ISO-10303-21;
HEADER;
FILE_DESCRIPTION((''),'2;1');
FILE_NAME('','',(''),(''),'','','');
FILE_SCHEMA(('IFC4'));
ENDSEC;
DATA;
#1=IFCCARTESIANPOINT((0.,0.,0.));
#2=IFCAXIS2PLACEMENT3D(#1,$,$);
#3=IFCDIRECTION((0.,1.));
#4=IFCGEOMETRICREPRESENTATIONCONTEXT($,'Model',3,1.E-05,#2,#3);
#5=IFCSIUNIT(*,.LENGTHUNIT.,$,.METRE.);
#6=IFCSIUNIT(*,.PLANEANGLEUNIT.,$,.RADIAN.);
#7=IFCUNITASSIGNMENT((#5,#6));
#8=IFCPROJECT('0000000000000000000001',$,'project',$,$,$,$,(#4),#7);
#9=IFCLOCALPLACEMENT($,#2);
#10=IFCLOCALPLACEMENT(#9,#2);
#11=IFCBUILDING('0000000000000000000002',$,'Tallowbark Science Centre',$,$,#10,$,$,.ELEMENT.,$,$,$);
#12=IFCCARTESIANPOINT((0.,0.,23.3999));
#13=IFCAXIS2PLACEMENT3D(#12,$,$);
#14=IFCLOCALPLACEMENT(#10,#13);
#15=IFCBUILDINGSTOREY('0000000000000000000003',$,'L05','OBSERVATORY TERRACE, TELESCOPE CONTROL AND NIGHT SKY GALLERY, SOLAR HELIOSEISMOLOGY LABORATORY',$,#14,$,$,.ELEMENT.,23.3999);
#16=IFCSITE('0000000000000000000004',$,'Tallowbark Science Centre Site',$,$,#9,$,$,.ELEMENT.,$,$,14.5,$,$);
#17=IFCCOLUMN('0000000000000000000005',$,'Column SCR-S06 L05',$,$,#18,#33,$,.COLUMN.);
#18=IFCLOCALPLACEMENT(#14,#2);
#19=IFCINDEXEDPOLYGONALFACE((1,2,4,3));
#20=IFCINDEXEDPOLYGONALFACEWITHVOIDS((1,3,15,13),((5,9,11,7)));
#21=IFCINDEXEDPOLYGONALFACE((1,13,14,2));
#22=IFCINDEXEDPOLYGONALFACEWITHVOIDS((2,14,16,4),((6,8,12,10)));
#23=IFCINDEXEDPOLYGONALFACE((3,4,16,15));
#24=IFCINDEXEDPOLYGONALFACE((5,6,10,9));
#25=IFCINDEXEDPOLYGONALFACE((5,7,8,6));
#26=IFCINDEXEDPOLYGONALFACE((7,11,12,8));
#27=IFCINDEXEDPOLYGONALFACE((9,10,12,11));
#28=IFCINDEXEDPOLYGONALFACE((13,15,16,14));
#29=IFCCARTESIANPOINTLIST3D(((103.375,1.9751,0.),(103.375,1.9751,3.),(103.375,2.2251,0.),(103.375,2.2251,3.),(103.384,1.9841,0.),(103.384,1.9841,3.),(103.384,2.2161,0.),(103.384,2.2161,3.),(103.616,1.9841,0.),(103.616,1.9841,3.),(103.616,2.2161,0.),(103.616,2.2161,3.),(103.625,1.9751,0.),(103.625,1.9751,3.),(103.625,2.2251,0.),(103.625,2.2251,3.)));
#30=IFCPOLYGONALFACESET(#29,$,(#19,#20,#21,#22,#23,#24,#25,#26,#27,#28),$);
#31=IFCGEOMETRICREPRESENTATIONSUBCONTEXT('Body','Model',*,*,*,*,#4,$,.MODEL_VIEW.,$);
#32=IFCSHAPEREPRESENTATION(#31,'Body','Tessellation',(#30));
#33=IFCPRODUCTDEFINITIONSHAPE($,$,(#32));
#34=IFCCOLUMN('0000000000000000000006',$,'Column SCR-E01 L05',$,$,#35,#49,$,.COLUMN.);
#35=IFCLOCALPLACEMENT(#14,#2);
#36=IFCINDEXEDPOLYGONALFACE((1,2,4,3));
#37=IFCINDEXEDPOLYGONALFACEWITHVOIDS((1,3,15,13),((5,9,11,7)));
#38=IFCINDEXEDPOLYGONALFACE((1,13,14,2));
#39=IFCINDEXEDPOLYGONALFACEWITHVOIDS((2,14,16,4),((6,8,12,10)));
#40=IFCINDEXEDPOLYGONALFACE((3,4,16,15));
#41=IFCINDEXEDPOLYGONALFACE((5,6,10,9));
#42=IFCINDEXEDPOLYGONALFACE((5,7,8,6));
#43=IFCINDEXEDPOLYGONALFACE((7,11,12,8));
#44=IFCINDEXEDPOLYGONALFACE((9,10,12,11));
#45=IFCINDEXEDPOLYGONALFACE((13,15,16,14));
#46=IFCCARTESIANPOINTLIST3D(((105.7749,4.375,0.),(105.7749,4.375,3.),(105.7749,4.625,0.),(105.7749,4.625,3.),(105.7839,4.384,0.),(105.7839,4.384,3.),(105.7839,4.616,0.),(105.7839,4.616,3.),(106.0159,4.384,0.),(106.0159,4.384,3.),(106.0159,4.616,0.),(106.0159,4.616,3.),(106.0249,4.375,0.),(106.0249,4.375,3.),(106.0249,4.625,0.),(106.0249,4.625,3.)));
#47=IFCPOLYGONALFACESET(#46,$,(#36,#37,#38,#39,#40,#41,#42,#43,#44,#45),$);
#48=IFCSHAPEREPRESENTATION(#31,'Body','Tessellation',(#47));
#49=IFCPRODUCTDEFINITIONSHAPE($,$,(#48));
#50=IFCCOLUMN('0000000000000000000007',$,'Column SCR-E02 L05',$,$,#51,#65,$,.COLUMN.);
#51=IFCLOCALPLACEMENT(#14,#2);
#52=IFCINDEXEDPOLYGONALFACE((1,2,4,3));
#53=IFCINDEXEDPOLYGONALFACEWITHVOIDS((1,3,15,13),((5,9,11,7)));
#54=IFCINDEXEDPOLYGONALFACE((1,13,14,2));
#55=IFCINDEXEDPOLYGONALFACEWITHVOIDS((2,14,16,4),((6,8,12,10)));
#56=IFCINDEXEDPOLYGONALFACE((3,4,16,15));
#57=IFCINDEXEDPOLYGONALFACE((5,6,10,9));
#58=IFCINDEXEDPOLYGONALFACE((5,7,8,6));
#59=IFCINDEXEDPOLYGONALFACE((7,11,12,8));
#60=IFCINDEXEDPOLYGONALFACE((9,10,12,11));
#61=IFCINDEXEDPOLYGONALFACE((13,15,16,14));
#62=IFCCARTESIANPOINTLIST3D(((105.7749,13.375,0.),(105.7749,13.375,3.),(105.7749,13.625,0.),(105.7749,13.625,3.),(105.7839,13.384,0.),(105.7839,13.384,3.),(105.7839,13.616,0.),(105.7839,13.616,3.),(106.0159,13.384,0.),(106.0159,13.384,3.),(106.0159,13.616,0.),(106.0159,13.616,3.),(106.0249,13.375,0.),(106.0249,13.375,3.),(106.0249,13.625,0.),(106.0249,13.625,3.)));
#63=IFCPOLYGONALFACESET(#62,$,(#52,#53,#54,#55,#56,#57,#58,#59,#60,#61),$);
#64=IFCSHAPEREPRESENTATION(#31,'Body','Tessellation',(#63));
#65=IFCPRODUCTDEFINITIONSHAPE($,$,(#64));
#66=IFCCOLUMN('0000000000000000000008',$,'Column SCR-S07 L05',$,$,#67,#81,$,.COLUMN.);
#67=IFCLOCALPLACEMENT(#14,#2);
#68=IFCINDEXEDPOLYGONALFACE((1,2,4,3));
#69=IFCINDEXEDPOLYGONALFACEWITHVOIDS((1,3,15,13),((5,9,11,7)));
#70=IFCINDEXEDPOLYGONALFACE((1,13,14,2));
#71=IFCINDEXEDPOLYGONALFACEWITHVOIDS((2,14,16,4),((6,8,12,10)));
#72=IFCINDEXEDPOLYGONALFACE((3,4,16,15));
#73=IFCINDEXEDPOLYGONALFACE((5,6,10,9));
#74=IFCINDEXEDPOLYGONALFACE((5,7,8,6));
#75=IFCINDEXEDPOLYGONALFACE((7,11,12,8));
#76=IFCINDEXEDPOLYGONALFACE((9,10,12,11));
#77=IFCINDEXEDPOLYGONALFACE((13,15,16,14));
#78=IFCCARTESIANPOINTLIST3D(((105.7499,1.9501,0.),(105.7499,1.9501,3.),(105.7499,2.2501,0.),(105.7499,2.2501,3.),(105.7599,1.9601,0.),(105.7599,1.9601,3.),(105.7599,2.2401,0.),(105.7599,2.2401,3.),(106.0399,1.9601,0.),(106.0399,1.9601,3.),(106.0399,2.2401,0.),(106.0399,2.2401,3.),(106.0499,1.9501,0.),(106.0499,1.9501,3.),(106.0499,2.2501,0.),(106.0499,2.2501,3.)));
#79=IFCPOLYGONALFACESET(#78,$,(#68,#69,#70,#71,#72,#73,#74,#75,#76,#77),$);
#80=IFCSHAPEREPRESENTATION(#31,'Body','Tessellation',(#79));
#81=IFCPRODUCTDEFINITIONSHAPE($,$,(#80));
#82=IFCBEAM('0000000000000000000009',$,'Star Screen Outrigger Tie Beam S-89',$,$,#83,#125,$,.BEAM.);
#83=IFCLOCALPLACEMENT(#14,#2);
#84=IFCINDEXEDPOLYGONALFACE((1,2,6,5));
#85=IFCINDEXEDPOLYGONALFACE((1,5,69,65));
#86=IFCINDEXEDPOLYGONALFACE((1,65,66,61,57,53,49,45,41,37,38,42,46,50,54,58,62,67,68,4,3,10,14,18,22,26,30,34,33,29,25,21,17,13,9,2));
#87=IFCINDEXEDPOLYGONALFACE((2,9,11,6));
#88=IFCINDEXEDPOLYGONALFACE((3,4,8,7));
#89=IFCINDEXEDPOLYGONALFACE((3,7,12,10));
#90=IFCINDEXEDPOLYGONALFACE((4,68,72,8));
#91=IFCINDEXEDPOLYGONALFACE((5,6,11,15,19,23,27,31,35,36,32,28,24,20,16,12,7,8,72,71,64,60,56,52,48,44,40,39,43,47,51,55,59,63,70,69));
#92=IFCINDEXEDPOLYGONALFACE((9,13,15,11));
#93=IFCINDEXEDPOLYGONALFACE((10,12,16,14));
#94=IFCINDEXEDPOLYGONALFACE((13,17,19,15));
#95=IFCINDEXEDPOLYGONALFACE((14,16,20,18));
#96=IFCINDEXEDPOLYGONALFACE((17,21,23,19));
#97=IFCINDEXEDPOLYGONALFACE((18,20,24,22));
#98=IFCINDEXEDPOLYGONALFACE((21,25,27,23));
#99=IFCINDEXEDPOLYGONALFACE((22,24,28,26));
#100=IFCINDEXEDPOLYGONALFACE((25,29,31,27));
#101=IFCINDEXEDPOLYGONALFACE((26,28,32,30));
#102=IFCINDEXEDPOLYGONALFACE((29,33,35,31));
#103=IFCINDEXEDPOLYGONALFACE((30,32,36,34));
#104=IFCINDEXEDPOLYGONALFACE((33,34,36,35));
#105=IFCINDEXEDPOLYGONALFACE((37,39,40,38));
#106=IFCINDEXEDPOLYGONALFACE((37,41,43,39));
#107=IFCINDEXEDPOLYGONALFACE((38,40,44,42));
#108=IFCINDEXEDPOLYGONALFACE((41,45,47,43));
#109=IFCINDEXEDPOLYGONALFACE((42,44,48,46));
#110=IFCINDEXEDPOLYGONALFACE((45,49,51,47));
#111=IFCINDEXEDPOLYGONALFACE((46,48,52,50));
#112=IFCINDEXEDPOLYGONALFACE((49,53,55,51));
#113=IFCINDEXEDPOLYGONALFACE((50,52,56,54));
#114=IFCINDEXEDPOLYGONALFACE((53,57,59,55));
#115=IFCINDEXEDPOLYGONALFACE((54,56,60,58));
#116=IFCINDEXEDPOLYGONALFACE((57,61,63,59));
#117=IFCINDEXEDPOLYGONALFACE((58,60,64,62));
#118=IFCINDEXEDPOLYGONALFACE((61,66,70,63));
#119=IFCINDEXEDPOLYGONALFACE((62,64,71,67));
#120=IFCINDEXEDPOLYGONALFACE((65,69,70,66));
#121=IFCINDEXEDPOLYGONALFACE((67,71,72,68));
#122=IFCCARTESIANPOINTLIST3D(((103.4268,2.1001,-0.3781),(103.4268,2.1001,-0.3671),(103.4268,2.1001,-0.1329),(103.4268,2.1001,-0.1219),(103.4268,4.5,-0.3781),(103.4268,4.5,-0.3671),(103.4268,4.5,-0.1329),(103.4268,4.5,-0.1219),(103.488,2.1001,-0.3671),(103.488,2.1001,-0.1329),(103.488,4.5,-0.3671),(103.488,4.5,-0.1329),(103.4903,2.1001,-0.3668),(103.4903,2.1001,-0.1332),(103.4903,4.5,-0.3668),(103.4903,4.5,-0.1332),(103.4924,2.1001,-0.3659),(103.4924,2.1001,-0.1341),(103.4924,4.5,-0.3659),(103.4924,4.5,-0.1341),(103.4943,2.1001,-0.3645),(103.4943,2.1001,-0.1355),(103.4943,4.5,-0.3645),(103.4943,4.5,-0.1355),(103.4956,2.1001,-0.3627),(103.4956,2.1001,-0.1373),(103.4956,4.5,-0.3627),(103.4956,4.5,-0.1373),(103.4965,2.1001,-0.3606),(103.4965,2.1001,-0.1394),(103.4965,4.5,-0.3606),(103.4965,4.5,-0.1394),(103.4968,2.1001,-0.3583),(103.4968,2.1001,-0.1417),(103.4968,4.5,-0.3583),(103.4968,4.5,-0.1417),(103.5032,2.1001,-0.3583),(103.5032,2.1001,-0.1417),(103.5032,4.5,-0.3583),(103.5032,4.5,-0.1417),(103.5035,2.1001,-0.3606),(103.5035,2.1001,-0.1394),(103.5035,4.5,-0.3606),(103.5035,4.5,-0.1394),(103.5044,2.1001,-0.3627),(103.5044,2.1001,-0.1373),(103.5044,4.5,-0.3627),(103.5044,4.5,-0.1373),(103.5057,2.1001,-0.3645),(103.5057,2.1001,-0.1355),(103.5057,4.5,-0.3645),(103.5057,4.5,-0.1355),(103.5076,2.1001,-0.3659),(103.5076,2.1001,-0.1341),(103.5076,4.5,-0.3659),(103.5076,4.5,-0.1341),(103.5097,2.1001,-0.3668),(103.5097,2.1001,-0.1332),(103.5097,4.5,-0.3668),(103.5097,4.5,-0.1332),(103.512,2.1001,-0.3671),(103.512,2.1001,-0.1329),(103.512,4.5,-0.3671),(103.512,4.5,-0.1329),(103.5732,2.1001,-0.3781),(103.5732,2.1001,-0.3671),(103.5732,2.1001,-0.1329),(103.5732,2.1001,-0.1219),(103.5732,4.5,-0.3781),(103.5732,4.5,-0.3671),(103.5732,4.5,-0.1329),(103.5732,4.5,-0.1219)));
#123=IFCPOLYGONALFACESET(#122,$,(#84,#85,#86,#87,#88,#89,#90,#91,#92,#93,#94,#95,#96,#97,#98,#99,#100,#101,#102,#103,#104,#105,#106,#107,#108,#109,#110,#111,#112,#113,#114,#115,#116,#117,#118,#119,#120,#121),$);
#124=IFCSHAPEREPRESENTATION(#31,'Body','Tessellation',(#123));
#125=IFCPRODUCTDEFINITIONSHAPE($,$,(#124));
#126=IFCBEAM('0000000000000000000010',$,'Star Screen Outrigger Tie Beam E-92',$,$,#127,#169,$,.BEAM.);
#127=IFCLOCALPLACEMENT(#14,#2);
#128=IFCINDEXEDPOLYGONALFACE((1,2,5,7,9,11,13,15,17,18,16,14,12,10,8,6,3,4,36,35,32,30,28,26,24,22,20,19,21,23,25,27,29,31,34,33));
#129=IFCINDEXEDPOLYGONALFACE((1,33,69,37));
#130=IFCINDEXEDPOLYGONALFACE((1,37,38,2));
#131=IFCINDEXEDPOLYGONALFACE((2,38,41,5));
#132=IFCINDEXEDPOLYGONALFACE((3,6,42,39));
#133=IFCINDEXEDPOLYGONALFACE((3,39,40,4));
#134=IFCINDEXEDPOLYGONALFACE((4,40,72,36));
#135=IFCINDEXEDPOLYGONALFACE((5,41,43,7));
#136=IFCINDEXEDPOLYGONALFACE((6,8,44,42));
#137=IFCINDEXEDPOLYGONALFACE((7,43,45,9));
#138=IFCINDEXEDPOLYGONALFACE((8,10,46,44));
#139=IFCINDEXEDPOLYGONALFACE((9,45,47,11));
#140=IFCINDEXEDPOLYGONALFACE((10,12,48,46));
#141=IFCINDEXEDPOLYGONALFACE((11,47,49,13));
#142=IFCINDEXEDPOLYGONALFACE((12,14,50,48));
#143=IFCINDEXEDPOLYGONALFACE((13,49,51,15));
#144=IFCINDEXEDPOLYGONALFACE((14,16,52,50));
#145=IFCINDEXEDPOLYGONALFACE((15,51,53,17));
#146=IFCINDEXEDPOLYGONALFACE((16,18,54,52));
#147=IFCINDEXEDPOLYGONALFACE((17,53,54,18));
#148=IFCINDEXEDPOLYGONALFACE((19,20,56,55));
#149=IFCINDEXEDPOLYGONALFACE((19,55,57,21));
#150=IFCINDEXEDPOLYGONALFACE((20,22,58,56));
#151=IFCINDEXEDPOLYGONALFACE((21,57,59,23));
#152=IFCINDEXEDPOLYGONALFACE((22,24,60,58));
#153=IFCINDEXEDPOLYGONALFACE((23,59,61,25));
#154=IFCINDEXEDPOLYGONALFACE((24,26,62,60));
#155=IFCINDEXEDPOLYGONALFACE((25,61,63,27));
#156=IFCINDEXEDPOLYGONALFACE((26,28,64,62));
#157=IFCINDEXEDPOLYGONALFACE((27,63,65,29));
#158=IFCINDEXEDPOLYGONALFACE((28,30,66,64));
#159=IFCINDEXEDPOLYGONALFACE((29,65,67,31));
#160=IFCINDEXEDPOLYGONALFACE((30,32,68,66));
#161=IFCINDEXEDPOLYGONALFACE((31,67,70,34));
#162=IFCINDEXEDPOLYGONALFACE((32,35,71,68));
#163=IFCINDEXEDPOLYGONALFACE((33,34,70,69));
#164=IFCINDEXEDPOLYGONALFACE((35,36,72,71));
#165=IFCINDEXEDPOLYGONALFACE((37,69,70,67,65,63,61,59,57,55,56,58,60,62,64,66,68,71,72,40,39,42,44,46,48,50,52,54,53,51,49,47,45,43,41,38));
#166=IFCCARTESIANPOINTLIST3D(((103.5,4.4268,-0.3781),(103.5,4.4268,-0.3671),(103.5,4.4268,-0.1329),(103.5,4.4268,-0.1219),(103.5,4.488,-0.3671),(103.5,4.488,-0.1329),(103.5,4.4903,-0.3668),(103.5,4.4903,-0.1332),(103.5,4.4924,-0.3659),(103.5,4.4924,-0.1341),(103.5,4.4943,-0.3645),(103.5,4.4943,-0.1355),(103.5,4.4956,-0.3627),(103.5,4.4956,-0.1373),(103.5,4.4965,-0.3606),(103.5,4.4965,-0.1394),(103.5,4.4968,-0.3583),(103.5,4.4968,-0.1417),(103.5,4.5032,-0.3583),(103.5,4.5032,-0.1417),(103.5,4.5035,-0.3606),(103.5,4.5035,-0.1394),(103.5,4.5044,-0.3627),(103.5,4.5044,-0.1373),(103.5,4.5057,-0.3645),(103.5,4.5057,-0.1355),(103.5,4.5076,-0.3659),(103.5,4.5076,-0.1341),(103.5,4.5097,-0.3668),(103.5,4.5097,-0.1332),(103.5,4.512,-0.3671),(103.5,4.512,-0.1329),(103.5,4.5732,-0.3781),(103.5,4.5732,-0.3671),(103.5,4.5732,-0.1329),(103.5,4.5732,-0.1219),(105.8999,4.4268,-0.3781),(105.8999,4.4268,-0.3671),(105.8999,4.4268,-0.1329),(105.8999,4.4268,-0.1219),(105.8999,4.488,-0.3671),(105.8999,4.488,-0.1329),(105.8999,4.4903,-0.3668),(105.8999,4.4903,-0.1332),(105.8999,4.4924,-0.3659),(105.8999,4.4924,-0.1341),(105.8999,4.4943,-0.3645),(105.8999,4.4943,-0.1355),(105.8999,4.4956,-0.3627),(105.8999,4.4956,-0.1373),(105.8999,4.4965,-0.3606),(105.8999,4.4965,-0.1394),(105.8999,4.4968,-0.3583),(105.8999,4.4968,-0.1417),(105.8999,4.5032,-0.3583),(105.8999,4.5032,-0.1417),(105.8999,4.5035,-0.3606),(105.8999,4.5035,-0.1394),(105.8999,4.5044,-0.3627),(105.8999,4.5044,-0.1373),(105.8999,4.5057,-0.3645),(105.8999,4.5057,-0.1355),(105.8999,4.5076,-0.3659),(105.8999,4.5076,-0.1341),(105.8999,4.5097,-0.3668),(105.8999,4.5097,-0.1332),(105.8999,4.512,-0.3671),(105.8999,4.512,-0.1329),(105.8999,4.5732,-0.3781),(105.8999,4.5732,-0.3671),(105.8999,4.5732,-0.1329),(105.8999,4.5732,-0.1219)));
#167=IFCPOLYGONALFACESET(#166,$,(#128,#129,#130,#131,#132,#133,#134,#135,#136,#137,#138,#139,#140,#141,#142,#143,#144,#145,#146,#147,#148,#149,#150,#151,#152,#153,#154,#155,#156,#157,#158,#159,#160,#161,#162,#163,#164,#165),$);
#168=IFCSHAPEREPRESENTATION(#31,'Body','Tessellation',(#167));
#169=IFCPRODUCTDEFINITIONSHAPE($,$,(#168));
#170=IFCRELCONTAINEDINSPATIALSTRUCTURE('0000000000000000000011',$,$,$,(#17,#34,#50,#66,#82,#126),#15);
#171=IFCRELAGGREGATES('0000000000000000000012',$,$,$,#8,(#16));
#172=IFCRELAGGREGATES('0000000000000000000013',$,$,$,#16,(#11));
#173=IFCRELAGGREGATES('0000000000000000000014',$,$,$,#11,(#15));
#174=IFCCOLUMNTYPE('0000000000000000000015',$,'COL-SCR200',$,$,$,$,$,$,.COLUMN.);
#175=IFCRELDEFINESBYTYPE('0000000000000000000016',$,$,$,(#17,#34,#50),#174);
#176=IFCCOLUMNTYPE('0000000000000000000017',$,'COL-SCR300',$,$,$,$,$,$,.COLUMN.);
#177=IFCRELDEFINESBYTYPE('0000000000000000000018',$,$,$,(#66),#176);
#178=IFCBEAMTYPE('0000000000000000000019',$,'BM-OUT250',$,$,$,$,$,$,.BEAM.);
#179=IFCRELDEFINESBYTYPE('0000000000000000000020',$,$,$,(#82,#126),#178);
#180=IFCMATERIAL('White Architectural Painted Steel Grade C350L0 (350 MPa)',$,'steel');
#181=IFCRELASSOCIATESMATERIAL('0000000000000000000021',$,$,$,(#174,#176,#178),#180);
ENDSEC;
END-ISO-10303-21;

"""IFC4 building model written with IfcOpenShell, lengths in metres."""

from ifc_helpers import new_model, si_unit, direction, frame, origin, origin_2d, place, context, subcontext, project, spatial, hollow_rectangle, i_section, extrude, material, material_profile, profile_set, type_object, element, save


model = new_model("IFC4")

# Units and contexts
model_context = context("Model", 3, precision=1e-05, world=origin(), true_north=direction((0.0, 1.0)))
body_context = subcontext(model_context, "Body", "Model", "MODEL_VIEW")
ifc_project = project(units=[si_unit("LENGTHUNIT", "METRE"), si_unit("PLANEANGLEUNIT", "RADIAN")], contexts=[model_context])

# Site, building, storey
site_placement = place(None, origin())
site = spatial("IfcSite", under=ifc_project, at=site_placement, Name="Tallowbark Science Centre Site", CompositionType="ELEMENT", RefElevation=14.5)
building_placement = place(site_placement, origin())
building = spatial("IfcBuilding", under=site, at=building_placement, Name="Tallowbark Science Centre", CompositionType="ELEMENT")
storey_placement = place(building_placement, frame((0.0, 0.0, 23.3999)))
storey = spatial("IfcBuildingStorey", under=building, at=storey_placement, Name="L05", Description="OBSERVATORY TERRACE, TELESCOPE CONTROL AND NIGHT SKY GALLERY, SOLAR HELIOSEISMOLOGY LABORATORY", CompositionType="ELEMENT", Elevation=23.3999)

# Columns
ifc_material_1 = material(Name="White Architectural Painted Steel Grade C350L0 (350 MPa)", Category="steel")
ifc_material_profile_1 = material_profile(ifc_material_1, hollow_rectangle(XDim=0.25, YDim=0.25, WallThickness=0.009, at=origin_2d()), Name="250x250x9.0SHS")
ifc_profile_set_1 = profile_set([ifc_material_profile_1], Name="White Architectural Painted Steel Grade C350L0 (350 MPa)")
column_type_1 = type_object("IfcColumnType", Name="COL-SCR200", PredefinedType="COLUMN", material=ifc_profile_set_1)
for number, where, z_axis, x_axis, name in (
    (1, (103.5, 2.1001, 0.0), (0.0, 0.0, 1.0), (1.0, 0.0, 0.0), "Column SCR-S06 L05"),
    (2, (105.8999, 4.5, 0.0), (0.0, 0.0, 1.0), (1.0, 0.0, 0.0), "Column SCR-E01 L05"),
    (3, (105.8999, 13.5, 0.0), (0.0, 0.0, 1.0), (1.0, 0.0, 0.0), "Column SCR-E02 L05"),
):
    element("IfcColumn", number, at=place(storey_placement, frame(where, z_axis=z_axis, x_axis=x_axis)), inside=storey, type_object=column_type_1, Name=name, PredefinedType="COLUMN", context=body_context, shape_type="SweptSolid", body=[
        extrude(hollow_rectangle(XDim=0.25, YDim=0.25, WallThickness=0.009, at=origin_2d()), origin(), (0.0, 0.0, 1.0), 3.0),
    ])
ifc_material_profile_2 = material_profile(ifc_material_1, hollow_rectangle(XDim=0.3, YDim=0.3, WallThickness=0.01, at=origin_2d()), Name="300x300x10.0SHS")
ifc_profile_set_2 = profile_set([ifc_material_profile_2], Name="White Architectural Painted Steel Grade C350L0 (350 MPa)")
column_type_2 = type_object("IfcColumnType", Name="COL-SCR300", PredefinedType="COLUMN", material=ifc_profile_set_2)
column_placement = place(storey_placement, frame((105.8999, 2.1001, 0.0), z_axis=(0.0, 0.0, 1.0), x_axis=(1.0, 0.0, 0.0)))
element("IfcColumn", 4, at=column_placement, inside=storey, type_object=column_type_2, Name="Column SCR-S07 L05", PredefinedType="COLUMN", context=body_context, shape_type="SweptSolid", body=[
    extrude(hollow_rectangle(XDim=0.3, YDim=0.3, WallThickness=0.01, at=origin_2d()), origin(), (0.0, 0.0, 1.0), 3.0),
])

# Beams
ifc_material_profile_3 = material_profile(ifc_material_1, i_section(OverallWidth=0.1465, OverallDepth=0.2561, WebThickness=0.0063, FlangeThickness=0.011, FilletRadius=0.0088, at=origin_2d()), Name="250UB37.3")
ifc_profile_set_3 = profile_set([ifc_material_profile_3], Name="White Architectural Painted Steel Grade C350L0 (350 MPa)")
beam_type_1 = type_object("IfcBeamType", Name="BM-OUT250", PredefinedType="BEAM", material=ifc_profile_set_3)
for number, where, z_axis, x_axis, name in (
    (5, (103.5, 4.5, -0.25), (0.0, -1.0, 0.0), (1.0, 0.0, 0.0), "Star Screen Outrigger Tie Beam S-89"),
    (6, (103.5, 4.5, -0.25), (1.0, 0.0, 0.0), (0.0, 1.0, 0.0), "Star Screen Outrigger Tie Beam E-92"),
):
    element("IfcBeam", number, at=place(storey_placement, frame(where, z_axis=z_axis, x_axis=x_axis)), inside=storey, type_object=beam_type_1, Name=name, PredefinedType="BEAM", context=body_context, shape_type="SweptSolid", body=[
        extrude(i_section(OverallWidth=0.1465, OverallDepth=0.2561, WebThickness=0.0063, FlangeThickness=0.011, FilletRadius=0.0088, at=origin_2d()), origin(), (0.0, 0.0, 1.0), 2.3999),
    ])

save(model, "model.ifc")
